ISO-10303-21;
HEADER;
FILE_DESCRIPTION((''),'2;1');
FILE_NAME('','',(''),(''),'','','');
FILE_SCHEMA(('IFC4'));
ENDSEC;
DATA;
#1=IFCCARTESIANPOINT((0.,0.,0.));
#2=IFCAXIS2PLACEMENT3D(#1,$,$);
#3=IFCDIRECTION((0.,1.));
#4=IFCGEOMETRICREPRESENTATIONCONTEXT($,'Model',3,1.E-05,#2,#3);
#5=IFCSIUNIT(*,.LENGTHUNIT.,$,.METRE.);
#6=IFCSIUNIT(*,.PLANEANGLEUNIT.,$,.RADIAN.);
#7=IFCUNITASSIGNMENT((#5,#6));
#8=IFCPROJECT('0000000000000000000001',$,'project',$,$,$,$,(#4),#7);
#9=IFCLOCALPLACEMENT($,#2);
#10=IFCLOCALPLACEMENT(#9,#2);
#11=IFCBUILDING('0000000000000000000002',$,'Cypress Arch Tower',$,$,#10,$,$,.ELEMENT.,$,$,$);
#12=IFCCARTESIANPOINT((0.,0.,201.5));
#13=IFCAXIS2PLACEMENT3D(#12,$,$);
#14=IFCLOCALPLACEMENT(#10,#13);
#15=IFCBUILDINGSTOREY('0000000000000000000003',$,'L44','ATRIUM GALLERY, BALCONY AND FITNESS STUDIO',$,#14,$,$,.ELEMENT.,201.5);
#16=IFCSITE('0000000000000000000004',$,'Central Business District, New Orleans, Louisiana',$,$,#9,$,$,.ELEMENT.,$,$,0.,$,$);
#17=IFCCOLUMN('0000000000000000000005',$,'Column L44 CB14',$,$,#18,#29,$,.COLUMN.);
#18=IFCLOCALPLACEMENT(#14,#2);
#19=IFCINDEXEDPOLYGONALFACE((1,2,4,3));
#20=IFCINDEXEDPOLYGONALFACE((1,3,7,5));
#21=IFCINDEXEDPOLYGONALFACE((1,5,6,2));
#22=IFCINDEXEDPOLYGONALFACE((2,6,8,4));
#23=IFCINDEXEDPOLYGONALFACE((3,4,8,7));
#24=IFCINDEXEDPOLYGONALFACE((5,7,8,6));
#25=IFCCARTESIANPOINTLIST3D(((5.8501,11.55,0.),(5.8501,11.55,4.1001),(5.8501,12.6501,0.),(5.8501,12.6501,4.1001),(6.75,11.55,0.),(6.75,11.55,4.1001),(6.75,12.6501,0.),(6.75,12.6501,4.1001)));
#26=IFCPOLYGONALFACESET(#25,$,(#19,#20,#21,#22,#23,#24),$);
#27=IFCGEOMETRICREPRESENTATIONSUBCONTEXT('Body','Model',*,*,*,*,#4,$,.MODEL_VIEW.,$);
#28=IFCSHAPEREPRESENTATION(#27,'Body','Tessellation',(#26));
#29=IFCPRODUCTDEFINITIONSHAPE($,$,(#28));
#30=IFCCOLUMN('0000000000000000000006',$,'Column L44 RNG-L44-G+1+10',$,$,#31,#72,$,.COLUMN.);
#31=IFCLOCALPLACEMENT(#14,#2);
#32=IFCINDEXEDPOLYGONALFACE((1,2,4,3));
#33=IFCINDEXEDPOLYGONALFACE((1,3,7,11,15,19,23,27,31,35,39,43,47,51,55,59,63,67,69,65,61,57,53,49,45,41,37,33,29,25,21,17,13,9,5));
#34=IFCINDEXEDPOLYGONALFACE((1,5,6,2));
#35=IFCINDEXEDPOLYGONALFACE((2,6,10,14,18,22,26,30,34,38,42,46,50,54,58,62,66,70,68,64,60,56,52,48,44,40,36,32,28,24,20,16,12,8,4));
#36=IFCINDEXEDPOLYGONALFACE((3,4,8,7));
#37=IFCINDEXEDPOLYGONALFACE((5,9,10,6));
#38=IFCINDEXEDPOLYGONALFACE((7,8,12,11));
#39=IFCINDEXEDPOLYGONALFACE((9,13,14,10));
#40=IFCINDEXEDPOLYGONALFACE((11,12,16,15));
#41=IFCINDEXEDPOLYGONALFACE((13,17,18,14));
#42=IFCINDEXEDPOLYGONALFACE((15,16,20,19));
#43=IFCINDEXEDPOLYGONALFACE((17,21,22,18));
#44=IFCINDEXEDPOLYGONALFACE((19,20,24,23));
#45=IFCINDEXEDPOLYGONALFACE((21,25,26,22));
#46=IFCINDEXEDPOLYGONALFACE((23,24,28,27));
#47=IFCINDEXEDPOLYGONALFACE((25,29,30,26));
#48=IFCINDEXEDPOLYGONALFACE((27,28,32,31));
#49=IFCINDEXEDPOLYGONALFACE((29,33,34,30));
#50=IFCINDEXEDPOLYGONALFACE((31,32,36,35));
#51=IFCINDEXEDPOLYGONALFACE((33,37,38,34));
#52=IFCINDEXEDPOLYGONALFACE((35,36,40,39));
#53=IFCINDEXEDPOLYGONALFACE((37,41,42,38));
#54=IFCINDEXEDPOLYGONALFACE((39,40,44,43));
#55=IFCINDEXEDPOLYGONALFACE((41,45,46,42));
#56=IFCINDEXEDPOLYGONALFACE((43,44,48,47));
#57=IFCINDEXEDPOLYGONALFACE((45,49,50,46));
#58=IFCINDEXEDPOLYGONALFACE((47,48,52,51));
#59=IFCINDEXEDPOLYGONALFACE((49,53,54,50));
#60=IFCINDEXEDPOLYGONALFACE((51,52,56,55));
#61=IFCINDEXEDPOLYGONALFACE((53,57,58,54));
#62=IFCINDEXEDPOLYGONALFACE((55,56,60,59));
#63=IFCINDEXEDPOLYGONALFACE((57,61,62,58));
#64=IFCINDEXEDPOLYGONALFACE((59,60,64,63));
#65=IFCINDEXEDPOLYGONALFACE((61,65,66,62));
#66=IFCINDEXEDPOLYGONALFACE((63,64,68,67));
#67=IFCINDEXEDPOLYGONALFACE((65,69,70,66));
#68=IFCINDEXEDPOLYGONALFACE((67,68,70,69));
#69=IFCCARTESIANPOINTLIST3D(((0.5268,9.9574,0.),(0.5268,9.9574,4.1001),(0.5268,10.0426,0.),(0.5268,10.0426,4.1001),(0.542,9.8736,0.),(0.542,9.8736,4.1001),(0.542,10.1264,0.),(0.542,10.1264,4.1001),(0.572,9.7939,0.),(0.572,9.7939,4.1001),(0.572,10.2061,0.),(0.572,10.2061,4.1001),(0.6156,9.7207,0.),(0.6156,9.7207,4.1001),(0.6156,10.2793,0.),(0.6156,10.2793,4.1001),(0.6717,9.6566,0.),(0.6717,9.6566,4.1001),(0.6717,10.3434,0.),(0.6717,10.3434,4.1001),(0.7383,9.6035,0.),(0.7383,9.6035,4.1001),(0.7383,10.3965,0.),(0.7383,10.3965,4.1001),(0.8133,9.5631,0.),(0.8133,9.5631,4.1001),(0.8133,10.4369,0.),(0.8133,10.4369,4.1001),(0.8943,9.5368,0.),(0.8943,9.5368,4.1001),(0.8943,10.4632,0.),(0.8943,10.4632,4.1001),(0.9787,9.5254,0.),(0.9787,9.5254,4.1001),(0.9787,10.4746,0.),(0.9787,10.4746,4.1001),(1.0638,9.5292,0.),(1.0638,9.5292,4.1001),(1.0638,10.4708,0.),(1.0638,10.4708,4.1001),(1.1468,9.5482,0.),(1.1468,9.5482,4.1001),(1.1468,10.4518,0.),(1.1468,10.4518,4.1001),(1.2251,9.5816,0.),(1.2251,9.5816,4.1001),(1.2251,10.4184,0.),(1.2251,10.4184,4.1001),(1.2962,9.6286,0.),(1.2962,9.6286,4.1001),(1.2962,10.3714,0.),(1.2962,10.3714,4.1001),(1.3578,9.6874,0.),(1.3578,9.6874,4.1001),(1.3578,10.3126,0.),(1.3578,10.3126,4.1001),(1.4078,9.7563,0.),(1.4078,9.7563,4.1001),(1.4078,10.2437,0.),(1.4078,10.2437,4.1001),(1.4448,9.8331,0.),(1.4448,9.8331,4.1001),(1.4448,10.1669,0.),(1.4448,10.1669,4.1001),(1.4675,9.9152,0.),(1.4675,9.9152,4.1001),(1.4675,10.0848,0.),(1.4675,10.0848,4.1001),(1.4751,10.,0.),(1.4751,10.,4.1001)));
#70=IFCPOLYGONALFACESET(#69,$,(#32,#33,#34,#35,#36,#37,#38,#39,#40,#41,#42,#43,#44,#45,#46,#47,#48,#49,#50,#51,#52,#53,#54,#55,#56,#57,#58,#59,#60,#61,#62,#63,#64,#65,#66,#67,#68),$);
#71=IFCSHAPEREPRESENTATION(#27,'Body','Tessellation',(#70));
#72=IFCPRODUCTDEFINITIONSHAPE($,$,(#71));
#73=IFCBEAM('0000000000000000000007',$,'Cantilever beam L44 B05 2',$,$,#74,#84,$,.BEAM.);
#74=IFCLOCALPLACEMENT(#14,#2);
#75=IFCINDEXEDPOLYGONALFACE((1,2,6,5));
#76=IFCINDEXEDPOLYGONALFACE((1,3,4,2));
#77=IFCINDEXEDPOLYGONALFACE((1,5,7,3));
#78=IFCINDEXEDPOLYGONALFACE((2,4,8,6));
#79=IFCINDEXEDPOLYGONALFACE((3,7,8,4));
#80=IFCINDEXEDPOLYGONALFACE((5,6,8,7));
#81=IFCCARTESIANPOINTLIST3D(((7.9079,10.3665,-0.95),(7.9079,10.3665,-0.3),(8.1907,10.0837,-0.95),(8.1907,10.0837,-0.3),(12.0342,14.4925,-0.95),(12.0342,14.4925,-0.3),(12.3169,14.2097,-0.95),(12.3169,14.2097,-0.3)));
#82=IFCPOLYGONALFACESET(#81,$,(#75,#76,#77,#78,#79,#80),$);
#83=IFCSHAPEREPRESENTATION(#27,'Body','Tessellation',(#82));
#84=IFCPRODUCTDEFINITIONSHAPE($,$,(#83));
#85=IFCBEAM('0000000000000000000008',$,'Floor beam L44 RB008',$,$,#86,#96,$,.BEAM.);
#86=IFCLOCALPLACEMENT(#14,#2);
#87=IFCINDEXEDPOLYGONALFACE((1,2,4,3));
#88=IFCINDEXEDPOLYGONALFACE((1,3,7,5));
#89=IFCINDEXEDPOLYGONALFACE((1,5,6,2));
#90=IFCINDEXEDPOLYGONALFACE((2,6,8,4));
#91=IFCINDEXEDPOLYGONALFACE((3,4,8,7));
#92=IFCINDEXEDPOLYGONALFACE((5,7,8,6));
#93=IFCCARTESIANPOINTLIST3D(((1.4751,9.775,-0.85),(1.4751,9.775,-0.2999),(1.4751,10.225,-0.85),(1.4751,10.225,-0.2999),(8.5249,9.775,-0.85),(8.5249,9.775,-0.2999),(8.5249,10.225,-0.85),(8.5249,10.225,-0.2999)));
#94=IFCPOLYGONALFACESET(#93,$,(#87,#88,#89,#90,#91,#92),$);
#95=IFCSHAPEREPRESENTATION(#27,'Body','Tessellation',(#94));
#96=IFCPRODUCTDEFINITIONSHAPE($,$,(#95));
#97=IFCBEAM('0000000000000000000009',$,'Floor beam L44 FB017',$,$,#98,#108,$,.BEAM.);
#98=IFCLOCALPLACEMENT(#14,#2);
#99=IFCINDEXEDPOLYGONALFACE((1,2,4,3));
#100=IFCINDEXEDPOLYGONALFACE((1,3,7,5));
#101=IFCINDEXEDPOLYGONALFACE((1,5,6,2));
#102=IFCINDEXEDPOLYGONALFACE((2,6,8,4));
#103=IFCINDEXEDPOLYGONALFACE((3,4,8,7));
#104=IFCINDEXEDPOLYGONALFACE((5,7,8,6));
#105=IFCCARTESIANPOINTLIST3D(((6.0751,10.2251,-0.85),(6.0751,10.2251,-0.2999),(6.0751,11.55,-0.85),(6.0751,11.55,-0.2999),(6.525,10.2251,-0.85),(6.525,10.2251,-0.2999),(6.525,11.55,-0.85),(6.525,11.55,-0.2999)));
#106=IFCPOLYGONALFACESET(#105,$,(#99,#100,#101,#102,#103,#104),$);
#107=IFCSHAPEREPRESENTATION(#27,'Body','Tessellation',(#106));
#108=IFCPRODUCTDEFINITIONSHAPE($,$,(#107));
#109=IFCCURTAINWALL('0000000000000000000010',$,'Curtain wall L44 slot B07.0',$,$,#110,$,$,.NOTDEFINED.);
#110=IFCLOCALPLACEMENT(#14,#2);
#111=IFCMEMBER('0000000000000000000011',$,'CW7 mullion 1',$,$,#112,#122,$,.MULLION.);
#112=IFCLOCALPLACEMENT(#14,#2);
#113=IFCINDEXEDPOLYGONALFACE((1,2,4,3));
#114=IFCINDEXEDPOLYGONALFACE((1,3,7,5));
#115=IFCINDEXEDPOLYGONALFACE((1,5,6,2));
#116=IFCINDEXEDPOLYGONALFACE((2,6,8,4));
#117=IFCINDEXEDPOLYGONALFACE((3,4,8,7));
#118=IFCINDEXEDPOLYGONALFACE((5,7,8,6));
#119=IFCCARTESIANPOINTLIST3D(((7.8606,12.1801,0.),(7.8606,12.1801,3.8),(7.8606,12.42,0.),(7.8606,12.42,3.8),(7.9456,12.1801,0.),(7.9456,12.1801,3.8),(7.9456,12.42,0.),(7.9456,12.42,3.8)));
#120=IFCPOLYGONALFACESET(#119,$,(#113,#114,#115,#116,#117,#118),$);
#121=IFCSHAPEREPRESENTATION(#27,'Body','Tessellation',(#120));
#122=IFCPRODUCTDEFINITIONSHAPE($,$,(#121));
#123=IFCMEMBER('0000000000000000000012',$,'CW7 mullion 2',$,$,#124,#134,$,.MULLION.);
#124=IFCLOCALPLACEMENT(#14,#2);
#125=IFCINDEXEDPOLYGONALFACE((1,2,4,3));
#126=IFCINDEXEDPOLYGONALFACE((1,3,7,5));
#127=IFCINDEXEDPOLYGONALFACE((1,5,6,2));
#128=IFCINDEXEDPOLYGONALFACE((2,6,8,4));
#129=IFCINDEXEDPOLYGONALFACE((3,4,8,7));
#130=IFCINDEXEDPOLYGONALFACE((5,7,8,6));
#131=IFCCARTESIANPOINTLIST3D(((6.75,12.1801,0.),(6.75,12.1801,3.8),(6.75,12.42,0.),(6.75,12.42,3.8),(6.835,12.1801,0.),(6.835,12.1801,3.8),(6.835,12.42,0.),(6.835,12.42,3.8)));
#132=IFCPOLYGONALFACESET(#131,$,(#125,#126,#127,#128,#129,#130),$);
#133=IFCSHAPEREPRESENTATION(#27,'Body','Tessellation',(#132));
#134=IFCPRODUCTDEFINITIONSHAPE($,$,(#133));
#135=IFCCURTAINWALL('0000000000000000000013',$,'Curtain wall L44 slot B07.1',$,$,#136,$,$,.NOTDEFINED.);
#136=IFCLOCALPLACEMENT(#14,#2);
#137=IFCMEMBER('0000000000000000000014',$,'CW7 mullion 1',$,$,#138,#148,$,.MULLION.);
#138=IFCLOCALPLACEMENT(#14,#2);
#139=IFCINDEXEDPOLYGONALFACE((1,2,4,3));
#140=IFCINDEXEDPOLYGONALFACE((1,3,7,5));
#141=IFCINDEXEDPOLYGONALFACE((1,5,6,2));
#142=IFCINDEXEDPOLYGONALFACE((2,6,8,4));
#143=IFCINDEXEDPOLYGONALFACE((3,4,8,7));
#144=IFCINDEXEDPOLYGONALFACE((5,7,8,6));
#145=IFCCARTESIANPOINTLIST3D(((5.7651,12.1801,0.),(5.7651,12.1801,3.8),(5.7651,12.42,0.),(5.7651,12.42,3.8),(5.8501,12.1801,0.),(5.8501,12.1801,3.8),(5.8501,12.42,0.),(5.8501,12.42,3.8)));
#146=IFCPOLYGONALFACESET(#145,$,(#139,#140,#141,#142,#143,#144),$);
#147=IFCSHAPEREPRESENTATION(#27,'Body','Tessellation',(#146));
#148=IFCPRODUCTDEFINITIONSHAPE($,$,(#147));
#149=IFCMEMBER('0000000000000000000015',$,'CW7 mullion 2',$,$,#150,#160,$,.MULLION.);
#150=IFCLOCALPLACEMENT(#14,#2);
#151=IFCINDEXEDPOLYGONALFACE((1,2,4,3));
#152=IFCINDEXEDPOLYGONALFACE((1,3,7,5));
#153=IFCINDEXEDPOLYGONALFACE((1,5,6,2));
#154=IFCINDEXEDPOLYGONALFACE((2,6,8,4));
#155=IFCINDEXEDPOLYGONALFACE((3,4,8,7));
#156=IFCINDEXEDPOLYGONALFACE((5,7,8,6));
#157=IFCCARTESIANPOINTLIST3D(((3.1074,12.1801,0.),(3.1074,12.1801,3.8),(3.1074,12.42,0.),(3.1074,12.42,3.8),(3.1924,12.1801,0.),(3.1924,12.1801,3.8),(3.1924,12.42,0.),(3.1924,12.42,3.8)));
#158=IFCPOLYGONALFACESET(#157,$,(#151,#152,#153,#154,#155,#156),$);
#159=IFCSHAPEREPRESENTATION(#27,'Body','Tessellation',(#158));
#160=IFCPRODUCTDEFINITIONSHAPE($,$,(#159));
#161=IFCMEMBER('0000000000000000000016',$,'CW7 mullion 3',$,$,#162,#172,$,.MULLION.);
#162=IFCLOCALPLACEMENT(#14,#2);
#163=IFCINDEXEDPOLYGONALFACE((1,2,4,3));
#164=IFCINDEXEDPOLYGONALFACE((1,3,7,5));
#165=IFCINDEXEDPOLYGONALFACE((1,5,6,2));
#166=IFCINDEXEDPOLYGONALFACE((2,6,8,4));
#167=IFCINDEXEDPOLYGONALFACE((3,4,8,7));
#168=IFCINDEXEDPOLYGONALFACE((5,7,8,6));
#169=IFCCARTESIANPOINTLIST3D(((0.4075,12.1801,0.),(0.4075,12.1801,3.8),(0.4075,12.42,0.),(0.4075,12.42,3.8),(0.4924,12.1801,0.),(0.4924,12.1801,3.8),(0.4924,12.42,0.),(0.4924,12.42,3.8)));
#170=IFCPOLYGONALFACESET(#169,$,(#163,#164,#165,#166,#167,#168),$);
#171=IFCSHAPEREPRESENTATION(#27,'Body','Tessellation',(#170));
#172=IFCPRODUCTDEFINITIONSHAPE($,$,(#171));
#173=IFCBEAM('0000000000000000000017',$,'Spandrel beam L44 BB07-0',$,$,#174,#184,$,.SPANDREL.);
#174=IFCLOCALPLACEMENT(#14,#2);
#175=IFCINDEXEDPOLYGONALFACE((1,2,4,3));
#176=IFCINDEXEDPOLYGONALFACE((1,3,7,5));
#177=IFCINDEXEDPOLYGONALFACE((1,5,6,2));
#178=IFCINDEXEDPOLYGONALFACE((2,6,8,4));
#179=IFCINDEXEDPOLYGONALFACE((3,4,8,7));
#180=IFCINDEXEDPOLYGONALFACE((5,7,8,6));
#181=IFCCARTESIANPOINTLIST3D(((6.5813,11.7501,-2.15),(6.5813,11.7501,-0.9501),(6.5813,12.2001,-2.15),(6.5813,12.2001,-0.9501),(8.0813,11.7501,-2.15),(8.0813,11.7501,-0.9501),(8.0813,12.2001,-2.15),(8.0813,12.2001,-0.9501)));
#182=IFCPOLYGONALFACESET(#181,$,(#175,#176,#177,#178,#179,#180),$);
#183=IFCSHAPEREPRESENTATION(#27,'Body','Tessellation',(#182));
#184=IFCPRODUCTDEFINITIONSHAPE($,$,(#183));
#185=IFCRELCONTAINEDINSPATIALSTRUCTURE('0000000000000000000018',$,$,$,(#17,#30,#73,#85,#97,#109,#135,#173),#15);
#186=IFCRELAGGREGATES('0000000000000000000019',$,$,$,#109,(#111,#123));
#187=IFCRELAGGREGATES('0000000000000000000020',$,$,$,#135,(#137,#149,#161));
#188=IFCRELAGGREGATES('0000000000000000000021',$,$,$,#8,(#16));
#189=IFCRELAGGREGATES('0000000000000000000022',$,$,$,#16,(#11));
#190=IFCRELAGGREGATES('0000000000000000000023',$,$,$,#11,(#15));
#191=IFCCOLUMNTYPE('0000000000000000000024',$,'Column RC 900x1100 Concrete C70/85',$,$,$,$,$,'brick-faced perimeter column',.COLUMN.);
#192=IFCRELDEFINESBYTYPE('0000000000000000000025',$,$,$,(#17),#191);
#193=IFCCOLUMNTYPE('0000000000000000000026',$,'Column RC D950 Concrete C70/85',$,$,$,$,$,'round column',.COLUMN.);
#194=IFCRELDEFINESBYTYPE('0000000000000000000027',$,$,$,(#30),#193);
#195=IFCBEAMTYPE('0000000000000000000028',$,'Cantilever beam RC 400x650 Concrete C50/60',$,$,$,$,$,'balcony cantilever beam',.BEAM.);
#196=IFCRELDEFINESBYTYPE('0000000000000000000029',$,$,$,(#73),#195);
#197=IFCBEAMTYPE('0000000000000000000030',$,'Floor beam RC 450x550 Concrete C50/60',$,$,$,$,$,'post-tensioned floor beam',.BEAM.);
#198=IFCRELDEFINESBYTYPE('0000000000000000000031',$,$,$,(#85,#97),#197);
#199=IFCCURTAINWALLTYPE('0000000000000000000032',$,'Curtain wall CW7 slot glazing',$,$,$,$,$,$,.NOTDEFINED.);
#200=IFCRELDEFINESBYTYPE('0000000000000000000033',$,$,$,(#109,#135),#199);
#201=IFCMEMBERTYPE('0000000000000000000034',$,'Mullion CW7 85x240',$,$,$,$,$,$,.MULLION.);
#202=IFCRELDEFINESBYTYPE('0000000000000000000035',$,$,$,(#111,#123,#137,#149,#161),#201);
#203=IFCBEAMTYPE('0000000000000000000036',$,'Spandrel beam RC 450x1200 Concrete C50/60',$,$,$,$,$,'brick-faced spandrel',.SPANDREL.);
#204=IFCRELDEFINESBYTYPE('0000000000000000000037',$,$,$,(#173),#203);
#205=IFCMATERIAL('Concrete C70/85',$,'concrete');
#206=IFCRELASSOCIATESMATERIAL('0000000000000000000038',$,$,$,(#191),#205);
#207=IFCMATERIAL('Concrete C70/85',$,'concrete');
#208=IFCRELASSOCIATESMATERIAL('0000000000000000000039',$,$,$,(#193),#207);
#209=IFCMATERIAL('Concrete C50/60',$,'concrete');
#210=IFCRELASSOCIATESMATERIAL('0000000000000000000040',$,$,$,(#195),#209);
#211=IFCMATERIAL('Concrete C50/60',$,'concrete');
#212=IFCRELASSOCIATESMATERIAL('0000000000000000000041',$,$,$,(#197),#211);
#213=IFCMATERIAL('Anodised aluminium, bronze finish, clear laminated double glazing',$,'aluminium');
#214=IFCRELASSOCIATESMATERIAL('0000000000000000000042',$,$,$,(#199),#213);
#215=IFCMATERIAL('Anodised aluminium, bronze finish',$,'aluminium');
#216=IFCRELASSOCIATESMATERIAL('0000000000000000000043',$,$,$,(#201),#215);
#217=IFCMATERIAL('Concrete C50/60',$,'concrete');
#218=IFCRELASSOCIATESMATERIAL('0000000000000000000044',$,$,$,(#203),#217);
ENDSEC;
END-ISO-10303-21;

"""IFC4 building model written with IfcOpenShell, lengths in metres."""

from ifc_helpers import new_model, si_unit, direction, frame, origin, origin_2d, place, context, subcontext, project, spatial, rectangle, circle, extrude, material, material_profile, profile_set, type_object, element, aggregate, save


model = new_model("IFC4")

# Units and contexts
model_context = context("Model", 3, precision=1e-05, world=origin(), true_north=direction((0.0, 1.0)))
body_context = subcontext(model_context, "Body", "Model", "MODEL_VIEW")
ifc_project = project(units=[si_unit("LENGTHUNIT", "METRE"), si_unit("PLANEANGLEUNIT", "RADIAN")], contexts=[model_context])

# Site, building, storey
site_placement = place(None, origin())
site = spatial("IfcSite", under=ifc_project, at=site_placement, Name="Central Business District, New Orleans, Louisiana", CompositionType="ELEMENT", RefElevation=0.0)
building_placement = place(site_placement, origin())
building = spatial("IfcBuilding", under=site, at=building_placement, Name="Cypress Arch Tower", CompositionType="ELEMENT")
storey_placement = place(building_placement, frame((0.0, 0.0, 201.5)))
storey = spatial("IfcBuildingStorey", under=building, at=storey_placement, Name="L44", Description="ATRIUM GALLERY, BALCONY AND FITNESS STUDIO", CompositionType="ELEMENT", Elevation=201.5)

# Columns
ifc_material_1 = material(Name="Concrete C70/85", Category="concrete")
ifc_material_profile_1 = material_profile(ifc_material_1, rectangle(XDim=0.8999, YDim=1.1001, at=origin_2d()), Name="RC 900x1100")
ifc_profile_set_1 = profile_set([ifc_material_profile_1], Name="Concrete C70/85")
column_type_1 = type_object("IfcColumnType", Name="Column RC 900x1100 Concrete C70/85", ElementType="brick-faced perimeter column", PredefinedType="COLUMN", material=ifc_profile_set_1)
column_1_placement = place(storey_placement, frame((6.3, 12.1001, 0.0), z_axis=(0.0, 0.0, 1.0), x_axis=(-1.0, 0.0, 0.0)))
element("IfcColumn", 1, at=column_1_placement, inside=storey, type_object=column_type_1, Name="Column L44 CB14", PredefinedType="COLUMN", context=body_context, shape_type="SweptSolid", body=[
    extrude(rectangle(XDim=0.8999, YDim=1.1001, at=origin_2d()), origin(), (0.0, 0.0, 1.0), 4.1001),
])
ifc_material_2 = material(Name="Concrete C70/85", Category="concrete")
ifc_material_profile_2 = material_profile(ifc_material_2, circle(Radius=0.4751, at=origin_2d()), Name="RC D950")
ifc_profile_set_2 = profile_set([ifc_material_profile_2], Name="Concrete C70/85")
column_type_2 = type_object("IfcColumnType", Name="Column RC D950 Concrete C70/85", ElementType="round column", PredefinedType="COLUMN", material=ifc_profile_set_2)
column_2_placement = place(storey_placement, frame((1.0, 10.0, 0.0), z_axis=(0.0, 0.0, 1.0), x_axis=(1.0, 0.0, 0.0)))
element("IfcColumn", 2, at=column_2_placement, inside=storey, type_object=column_type_2, Name="Column L44 RNG-L44-G+1+10", PredefinedType="COLUMN", context=body_context, shape_type="SweptSolid", body=[
    extrude(circle(Radius=0.4751, at=origin_2d()), origin(), (0.0, 0.0, 1.0), 4.1001),
])

# Beams
ifc_material_3 = material(Name="Concrete C50/60", Category="concrete")
ifc_material_profile_3 = material_profile(ifc_material_3, rectangle(XDim=0.3999, YDim=0.6499, at=origin_2d()), Name="RC 400x650")
ifc_profile_set_3 = profile_set([ifc_material_profile_3], Name="Concrete C50/60")
beam_type_1 = type_object("IfcBeamType", Name="Cantilever beam RC 400x650 Concrete C50/60", ElementType="balcony cantilever beam", PredefinedType="BEAM", material=ifc_profile_set_3)
beam_1_placement = place(storey_placement, frame((8.0493, 10.2251, -0.625), z_axis=(0.707128, 0.707086, 0.0), x_axis=(-0.707086, 0.707128, 0.0)))
element("IfcBeam", 3, at=beam_1_placement, inside=storey, type_object=beam_type_1, Name="Cantilever beam L44 B05 2", PredefinedType="BEAM", context=body_context, shape_type="SweptSolid", body=[
    extrude(rectangle(XDim=0.3999, YDim=0.6499, at=origin_2d()), origin(), (0.0, 0.0, 1.0), 5.8352),
])
ifc_material_4 = material(Name="Concrete C50/60", Category="concrete")
ifc_material_profile_4 = material_profile(ifc_material_4, rectangle(XDim=0.45, YDim=0.55, at=origin_2d()), Name="RC 450x550")
ifc_profile_set_4 = profile_set([ifc_material_profile_4], Name="Concrete C50/60")
beam_type_2 = type_object("IfcBeamType", Name="Floor beam RC 450x550 Concrete C50/60", ElementType="post-tensioned floor beam", PredefinedType="BEAM", material=ifc_profile_set_4)
beam_2_placement = place(storey_placement, frame((1.4751, 10.0, -0.575), z_axis=(1.0, 0.0, 0.0), x_axis=(0.0, 1.0, 0.0)))
element("IfcBeam", 4, at=beam_2_placement, inside=storey, type_object=beam_type_2, Name="Floor beam L44 RB008", PredefinedType="BEAM", context=body_context, shape_type="SweptSolid", body=[
    extrude(rectangle(XDim=0.45, YDim=0.55, at=origin_2d()), origin(), (0.0, 0.0, 1.0), 7.0498),
])
beam_3_placement = place(storey_placement, frame((6.3, 10.2251, -0.575), z_axis=(0.0, 1.0, 0.0), x_axis=(-1.0, 0.0, 0.0)))
element("IfcBeam", 5, at=beam_3_placement, inside=storey, type_object=beam_type_2, Name="Floor beam L44 FB017", PredefinedType="BEAM", context=body_context, shape_type="SweptSolid", body=[
    extrude(rectangle(XDim=0.45, YDim=0.55, at=origin_2d()), origin(), (0.0, 0.0, 1.0), 1.325),
])

# Curtain walls, members
ifc_material_5 = material(Name="Anodised aluminium, bronze finish, clear laminated double glazing", Category="aluminium")
curtain_wall_type = type_object("IfcCurtainWallType", Name="Curtain wall CW7 slot glazing", PredefinedType="NOTDEFINED", material=ifc_material_5)
curtain_wall_1_placement = place(storey_placement, origin())
curtain_wall_1 = element("IfcCurtainWall", 6, at=curtain_wall_1_placement, inside=storey, type_object=curtain_wall_type, Name="Curtain wall L44 slot B07.0", PredefinedType="NOTDEFINED")
ifc_material_6 = material(Name="Anodised aluminium, bronze finish", Category="aluminium")
ifc_material_profile_5 = material_profile(ifc_material_6, rectangle(XDim=0.24, YDim=0.085, at=origin_2d()), Name="Mullion 85x240")
ifc_profile_set_5 = profile_set([ifc_material_profile_5], Name="Anodised aluminium, bronze finish")
member_type_1 = type_object("IfcMemberType", Name="Mullion CW7 85x240", PredefinedType="MULLION", material=ifc_profile_set_5)
member_1_placement = place(storey_placement, frame((7.9031, 12.3, 0.0), z_axis=(0.0, 0.0, 1.0), x_axis=(0.0, -1.0, 0.0)))
member_1 = element("IfcMember", 7, at=member_1_placement, type_object=member_type_1, Name="CW7 mullion 1", PredefinedType="MULLION", context=body_context, shape_type="SweptSolid", body=[
    extrude(rectangle(XDim=0.24, YDim=0.085, at=origin_2d()), origin(), (0.0, 0.0, 1.0), 3.8),
])
member_2_placement = place(storey_placement, frame((6.7925, 12.3, 0.0), z_axis=(0.0, 0.0, 1.0), x_axis=(0.0, -1.0, 0.0)))
member_2 = element("IfcMember", 8, at=member_2_placement, type_object=member_type_1, Name="CW7 mullion 2", PredefinedType="MULLION", context=body_context, shape_type="SweptSolid", body=[
    extrude(rectangle(XDim=0.24, YDim=0.085, at=origin_2d()), origin(), (0.0, 0.0, 1.0), 3.8),
])
curtain_wall_2_placement = place(storey_placement, origin())
curtain_wall_2 = element("IfcCurtainWall", 9, at=curtain_wall_2_placement, inside=storey, type_object=curtain_wall_type, Name="Curtain wall L44 slot B07.1", PredefinedType="NOTDEFINED")
member_3_placement = place(storey_placement, frame((5.8076, 12.3, 0.0), z_axis=(0.0, 0.0, 1.0), x_axis=(0.0, -1.0, 0.0)))
member_3 = element("IfcMember", 10, at=member_3_placement, type_object=member_type_1, Name="CW7 mullion 1", PredefinedType="MULLION", context=body_context, shape_type="SweptSolid", body=[
    extrude(rectangle(XDim=0.24, YDim=0.085, at=origin_2d()), origin(), (0.0, 0.0, 1.0), 3.8),
])
member_4_placement = place(storey_placement, frame((3.1499, 12.3, 0.0), z_axis=(0.0, 0.0, 1.0), x_axis=(0.0, -1.0, 0.0)))
member_4 = element("IfcMember", 11, at=member_4_placement, type_object=member_type_1, Name="CW7 mullion 2", PredefinedType="MULLION", context=body_context, shape_type="SweptSolid", body=[
    extrude(rectangle(XDim=0.24, YDim=0.085, at=origin_2d()), origin(), (0.0, 0.0, 1.0), 3.8),
])
member_5_placement = place(storey_placement, frame((0.45, 12.3, 0.0), z_axis=(0.0, 0.0, 1.0), x_axis=(0.0, -1.0, 0.0)))
member_5 = element("IfcMember", 12, at=member_5_placement, type_object=member_type_1, Name="CW7 mullion 3", PredefinedType="MULLION", context=body_context, shape_type="SweptSolid", body=[
    extrude(rectangle(XDim=0.24, YDim=0.085, at=origin_2d()), origin(), (0.0, 0.0, 1.0), 3.8),
])

# Beam
ifc_material_7 = material(Name="Concrete C50/60", Category="concrete")
ifc_material_profile_6 = material_profile(ifc_material_7, rectangle(XDim=0.45, YDim=1.2, at=origin_2d()), Name="RC 450x1200")
ifc_profile_set_6 = profile_set([ifc_material_profile_6], Name="Concrete C50/60")
beam_type_3 = type_object("IfcBeamType", Name="Spandrel beam RC 450x1200 Concrete C50/60", ElementType="brick-faced spandrel", PredefinedType="SPANDREL", material=ifc_profile_set_6)
beam_4_placement = place(storey_placement, frame((8.0813, 11.9751, -1.55), z_axis=(-1.0, 0.0, 0.0), x_axis=(0.0, -1.0, 0.0)))
element("IfcBeam", 13, at=beam_4_placement, inside=storey, type_object=beam_type_3, Name="Spandrel beam L44 BB07-0", PredefinedType="SPANDREL", context=body_context, shape_type="SweptSolid", body=[
    extrude(rectangle(XDim=0.45, YDim=1.2, at=origin_2d()), origin(), (0.0, 0.0, 1.0), 1.5),
])

aggregate(curtain_wall_1, [member_1, member_2])
aggregate(curtain_wall_2, [member_3, member_4, member_5])

save(model, "model.ifc")
